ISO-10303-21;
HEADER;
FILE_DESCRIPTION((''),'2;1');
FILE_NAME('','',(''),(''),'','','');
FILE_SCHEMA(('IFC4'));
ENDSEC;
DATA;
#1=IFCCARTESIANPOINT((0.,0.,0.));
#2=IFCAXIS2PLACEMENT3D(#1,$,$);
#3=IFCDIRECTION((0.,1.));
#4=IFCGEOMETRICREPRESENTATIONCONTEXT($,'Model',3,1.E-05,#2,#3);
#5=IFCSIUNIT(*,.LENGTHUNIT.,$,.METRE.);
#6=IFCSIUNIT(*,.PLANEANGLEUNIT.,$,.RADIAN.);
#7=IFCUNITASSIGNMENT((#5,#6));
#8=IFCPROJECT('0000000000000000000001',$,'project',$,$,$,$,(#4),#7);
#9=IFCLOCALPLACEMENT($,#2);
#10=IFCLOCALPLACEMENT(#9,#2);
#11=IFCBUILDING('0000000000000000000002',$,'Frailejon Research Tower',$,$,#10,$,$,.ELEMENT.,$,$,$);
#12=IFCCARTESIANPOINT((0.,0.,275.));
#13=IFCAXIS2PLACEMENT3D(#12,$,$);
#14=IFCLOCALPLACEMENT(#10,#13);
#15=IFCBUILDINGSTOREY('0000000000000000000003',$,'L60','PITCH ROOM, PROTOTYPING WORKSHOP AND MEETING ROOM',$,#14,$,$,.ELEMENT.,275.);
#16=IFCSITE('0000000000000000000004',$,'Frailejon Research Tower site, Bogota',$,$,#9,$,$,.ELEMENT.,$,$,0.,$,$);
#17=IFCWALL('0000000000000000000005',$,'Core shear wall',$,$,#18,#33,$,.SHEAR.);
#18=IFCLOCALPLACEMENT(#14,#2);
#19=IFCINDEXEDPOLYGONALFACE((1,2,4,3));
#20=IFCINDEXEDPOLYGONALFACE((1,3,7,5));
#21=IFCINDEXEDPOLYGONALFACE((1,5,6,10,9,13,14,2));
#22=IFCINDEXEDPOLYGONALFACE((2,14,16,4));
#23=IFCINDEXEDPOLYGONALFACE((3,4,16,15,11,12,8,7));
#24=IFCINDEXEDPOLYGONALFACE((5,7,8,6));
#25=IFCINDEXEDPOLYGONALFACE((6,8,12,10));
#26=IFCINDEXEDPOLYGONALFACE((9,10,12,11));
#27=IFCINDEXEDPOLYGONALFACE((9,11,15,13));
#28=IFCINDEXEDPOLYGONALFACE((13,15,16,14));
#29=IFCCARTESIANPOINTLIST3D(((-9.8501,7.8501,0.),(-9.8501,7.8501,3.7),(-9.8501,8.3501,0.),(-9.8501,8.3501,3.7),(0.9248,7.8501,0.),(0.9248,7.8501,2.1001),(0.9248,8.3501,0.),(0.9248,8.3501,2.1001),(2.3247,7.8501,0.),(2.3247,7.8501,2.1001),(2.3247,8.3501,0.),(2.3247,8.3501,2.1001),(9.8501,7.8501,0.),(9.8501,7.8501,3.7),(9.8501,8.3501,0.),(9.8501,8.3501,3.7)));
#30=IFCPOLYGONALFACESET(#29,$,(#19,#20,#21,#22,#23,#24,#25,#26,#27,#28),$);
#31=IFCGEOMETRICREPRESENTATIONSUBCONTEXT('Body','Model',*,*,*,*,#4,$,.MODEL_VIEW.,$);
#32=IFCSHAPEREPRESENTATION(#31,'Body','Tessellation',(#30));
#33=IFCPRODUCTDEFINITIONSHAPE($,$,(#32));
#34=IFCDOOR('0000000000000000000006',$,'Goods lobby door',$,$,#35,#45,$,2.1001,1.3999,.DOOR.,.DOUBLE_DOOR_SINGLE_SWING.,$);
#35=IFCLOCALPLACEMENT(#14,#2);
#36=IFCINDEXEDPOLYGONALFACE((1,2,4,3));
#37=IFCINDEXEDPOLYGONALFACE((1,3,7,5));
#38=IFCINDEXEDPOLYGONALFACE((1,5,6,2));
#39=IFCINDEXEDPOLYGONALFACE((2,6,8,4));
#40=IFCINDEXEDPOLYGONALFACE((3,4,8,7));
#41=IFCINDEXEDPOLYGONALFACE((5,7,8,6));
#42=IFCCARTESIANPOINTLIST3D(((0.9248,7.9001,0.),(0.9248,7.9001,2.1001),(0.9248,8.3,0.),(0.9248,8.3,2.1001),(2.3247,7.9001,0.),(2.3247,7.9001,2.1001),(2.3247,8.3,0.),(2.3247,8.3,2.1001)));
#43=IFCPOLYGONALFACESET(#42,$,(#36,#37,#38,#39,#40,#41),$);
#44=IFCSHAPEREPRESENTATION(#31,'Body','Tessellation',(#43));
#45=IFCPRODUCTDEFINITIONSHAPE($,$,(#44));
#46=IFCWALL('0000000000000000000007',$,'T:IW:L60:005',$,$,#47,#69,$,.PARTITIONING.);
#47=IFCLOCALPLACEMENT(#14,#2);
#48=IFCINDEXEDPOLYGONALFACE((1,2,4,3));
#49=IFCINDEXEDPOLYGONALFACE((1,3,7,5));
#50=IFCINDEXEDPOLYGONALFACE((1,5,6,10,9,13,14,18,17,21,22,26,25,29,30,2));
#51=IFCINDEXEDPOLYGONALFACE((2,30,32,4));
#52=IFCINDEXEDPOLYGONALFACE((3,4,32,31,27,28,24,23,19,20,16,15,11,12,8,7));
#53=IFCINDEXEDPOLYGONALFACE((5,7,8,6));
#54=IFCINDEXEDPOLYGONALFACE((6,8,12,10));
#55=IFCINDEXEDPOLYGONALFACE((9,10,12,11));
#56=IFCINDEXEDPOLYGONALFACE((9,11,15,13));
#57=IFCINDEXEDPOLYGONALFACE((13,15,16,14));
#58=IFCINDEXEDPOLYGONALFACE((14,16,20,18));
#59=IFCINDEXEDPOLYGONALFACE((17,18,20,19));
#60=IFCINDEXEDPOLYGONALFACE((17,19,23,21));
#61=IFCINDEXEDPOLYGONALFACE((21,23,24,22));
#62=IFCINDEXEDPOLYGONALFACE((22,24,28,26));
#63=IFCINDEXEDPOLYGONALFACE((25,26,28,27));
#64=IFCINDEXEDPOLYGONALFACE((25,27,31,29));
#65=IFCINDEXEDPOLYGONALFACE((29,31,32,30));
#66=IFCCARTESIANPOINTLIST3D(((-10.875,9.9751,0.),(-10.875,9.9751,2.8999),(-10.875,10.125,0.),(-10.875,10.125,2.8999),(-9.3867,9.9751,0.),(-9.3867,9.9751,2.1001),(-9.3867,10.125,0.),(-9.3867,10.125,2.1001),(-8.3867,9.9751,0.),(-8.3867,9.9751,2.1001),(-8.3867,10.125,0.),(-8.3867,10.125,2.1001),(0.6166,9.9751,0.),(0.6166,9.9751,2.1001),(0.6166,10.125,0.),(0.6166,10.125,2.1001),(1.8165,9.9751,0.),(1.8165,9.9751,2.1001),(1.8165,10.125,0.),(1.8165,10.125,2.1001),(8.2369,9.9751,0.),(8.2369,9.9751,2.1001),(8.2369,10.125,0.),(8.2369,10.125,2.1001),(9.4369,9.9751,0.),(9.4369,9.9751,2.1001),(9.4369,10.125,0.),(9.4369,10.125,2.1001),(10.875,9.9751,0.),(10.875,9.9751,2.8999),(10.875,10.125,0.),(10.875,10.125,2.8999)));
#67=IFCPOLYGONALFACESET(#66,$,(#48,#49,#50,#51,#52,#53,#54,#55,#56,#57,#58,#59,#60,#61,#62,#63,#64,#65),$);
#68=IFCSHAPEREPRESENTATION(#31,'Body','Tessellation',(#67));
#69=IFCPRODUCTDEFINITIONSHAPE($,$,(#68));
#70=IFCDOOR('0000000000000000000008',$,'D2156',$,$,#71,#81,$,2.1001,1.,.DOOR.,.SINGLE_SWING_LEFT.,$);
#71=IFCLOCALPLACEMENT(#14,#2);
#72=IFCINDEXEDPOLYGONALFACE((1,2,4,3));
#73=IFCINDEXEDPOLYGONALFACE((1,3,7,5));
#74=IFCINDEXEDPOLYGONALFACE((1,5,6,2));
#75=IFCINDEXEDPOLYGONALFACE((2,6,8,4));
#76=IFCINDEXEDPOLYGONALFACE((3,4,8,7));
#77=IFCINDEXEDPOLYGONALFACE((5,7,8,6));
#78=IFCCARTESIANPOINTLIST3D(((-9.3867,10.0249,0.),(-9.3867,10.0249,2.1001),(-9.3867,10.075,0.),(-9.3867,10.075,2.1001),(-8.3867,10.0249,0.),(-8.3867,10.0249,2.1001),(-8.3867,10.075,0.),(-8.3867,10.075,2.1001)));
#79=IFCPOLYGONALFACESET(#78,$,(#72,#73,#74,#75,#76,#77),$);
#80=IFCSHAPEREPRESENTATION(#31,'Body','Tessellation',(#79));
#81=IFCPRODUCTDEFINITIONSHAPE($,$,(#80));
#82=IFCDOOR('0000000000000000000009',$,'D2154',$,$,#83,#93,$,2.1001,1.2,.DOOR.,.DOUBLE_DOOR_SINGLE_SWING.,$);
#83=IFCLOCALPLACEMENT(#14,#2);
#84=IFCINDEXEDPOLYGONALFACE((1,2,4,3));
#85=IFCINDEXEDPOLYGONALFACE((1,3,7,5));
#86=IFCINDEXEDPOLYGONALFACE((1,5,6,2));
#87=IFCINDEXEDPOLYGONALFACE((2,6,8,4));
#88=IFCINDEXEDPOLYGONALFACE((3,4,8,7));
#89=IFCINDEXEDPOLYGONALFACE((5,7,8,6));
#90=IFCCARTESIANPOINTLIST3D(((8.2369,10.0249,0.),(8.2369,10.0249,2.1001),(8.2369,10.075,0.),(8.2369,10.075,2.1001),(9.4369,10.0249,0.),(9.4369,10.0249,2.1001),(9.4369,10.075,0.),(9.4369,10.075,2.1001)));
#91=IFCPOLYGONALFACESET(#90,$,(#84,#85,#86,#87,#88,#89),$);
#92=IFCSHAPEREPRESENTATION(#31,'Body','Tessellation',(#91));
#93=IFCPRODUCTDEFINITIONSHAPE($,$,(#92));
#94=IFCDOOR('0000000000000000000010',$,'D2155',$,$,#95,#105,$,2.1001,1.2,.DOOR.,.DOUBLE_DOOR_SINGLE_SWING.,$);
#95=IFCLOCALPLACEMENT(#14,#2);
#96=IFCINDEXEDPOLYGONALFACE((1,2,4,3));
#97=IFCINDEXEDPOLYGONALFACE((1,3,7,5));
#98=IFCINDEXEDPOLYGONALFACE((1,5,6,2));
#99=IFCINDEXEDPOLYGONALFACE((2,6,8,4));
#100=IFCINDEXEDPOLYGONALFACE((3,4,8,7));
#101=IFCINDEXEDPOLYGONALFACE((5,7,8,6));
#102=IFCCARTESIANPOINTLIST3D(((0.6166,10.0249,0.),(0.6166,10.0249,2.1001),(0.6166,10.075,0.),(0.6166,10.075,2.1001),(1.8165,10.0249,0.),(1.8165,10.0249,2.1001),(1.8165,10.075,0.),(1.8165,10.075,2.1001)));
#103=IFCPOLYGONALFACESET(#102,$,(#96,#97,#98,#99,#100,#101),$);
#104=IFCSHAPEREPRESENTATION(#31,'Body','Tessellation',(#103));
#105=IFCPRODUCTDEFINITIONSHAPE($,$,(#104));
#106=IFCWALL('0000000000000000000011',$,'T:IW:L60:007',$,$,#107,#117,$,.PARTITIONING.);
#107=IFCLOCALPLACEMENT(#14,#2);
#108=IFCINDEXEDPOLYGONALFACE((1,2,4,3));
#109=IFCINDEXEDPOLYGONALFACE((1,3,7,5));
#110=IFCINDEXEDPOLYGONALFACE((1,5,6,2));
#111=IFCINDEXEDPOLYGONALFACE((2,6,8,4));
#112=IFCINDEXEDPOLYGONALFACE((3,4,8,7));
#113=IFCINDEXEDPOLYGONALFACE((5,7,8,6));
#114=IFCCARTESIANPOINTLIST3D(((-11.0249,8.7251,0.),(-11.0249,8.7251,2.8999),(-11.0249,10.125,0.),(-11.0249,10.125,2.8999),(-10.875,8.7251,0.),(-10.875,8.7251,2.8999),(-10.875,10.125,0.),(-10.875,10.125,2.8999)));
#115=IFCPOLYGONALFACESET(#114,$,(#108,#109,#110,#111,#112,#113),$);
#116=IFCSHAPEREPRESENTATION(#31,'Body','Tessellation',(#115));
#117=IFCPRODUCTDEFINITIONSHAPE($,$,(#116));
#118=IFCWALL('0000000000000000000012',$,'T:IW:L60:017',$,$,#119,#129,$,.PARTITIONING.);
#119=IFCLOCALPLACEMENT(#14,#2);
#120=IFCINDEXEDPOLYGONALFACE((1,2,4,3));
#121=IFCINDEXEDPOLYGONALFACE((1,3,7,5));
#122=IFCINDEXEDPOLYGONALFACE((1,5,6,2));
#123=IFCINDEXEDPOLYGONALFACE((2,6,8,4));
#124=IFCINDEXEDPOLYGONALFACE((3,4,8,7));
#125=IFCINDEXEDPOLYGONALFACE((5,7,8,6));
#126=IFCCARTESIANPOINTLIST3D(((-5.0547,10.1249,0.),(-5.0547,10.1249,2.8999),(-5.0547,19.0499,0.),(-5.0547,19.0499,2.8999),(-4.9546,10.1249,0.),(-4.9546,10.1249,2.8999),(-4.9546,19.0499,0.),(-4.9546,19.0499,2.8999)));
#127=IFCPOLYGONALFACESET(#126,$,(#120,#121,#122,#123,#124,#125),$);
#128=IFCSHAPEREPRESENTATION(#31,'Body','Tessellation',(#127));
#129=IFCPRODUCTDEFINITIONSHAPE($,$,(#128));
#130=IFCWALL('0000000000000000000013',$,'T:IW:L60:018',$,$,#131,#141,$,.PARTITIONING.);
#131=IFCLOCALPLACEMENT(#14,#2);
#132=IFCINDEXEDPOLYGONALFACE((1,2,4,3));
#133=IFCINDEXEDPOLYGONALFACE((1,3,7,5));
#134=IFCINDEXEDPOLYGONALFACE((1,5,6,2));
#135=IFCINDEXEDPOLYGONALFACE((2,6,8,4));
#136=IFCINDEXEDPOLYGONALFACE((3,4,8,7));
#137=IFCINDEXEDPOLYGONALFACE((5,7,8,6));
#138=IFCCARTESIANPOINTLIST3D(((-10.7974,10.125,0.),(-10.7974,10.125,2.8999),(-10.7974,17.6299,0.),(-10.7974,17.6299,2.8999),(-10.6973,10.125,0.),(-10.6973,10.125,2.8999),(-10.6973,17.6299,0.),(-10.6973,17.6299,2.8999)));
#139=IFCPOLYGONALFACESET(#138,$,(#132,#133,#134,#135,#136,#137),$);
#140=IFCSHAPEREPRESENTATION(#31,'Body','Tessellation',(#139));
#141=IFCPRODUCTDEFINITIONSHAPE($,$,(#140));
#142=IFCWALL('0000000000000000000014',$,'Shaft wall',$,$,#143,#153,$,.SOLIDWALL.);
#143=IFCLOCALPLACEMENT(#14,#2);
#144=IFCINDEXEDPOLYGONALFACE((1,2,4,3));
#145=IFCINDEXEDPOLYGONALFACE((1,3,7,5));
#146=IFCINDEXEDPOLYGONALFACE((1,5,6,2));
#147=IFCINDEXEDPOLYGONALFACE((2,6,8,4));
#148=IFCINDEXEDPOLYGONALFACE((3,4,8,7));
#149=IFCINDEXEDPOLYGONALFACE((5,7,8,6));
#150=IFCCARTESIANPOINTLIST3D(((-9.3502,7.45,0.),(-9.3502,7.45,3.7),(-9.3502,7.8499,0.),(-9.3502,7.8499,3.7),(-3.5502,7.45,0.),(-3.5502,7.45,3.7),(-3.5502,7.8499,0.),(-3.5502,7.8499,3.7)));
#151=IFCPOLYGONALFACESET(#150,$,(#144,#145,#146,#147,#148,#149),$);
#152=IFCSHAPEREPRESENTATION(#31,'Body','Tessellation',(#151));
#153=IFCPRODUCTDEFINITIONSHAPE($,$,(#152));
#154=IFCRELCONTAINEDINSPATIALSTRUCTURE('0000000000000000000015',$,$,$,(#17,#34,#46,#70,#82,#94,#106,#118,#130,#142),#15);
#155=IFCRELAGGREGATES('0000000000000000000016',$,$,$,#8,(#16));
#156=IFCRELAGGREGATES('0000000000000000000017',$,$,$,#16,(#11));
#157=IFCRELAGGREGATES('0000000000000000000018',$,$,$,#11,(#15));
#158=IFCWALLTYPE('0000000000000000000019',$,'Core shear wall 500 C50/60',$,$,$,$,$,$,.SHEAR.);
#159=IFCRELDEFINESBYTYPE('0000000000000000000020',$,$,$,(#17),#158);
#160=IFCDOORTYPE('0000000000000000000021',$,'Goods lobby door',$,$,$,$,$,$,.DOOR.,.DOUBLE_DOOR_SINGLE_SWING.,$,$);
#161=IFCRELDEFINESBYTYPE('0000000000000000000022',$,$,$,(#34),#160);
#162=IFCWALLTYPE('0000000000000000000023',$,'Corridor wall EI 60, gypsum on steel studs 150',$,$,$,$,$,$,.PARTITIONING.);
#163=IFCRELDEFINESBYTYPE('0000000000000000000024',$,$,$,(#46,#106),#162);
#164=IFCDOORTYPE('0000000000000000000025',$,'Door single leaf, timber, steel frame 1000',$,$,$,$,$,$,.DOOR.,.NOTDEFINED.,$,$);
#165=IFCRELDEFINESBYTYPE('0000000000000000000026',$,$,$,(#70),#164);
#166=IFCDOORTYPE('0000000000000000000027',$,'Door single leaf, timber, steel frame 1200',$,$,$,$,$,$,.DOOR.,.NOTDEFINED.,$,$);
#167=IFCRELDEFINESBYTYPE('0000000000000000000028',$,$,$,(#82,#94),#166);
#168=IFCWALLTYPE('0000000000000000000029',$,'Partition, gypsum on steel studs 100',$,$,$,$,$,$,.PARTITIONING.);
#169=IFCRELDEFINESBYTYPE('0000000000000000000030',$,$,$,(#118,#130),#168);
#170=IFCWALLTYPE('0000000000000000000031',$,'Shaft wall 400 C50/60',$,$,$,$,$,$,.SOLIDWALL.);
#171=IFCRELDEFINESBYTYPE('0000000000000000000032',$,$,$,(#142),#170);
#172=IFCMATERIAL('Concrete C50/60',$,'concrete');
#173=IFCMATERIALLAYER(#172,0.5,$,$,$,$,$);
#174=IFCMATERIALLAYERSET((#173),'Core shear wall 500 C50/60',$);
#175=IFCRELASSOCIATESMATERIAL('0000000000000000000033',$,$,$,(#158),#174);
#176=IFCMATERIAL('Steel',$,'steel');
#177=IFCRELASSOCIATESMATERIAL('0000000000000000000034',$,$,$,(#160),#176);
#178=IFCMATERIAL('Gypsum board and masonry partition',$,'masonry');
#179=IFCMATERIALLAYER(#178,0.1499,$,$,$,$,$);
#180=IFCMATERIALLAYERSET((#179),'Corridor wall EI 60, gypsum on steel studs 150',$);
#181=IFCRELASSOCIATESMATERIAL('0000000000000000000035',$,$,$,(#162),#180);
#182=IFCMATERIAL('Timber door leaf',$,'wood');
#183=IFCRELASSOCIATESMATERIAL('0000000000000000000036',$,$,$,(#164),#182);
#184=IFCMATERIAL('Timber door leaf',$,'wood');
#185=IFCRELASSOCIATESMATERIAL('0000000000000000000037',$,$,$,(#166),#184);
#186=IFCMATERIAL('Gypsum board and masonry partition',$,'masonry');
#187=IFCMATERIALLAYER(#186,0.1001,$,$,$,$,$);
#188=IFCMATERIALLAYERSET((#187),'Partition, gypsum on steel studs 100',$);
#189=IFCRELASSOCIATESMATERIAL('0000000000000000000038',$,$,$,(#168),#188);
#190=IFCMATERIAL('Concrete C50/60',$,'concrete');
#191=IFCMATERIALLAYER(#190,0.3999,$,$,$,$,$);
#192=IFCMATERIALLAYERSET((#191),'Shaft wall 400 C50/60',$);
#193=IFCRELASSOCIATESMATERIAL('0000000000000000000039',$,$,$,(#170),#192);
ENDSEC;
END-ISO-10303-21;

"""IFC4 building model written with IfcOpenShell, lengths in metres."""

from ifc_helpers import new_model, si_unit, direction, frame, frame_2d, origin, place, context, subcontext, project, spatial, rectangle, extrude, material, layer, layer_set, type_object, element, fill, save


model = new_model("IFC4")

# Units and contexts
model_context = context("Model", 3, precision=1e-05, world=origin(), true_north=direction((0.0, 1.0)))
body_context = subcontext(model_context, "Body", "Model", "MODEL_VIEW")
ifc_project = project(units=[si_unit("LENGTHUNIT", "METRE"), si_unit("PLANEANGLEUNIT", "RADIAN")], contexts=[model_context])

# Site, building, storey
site_placement = place(None, origin())
site = spatial("IfcSite", under=ifc_project, at=site_placement, Name="Frailejon Research Tower site, Bogota", CompositionType="ELEMENT", RefElevation=0.0)
building_placement = place(site_placement, origin())
building = spatial("IfcBuilding", under=site, at=building_placement, Name="Frailejon Research Tower", CompositionType="ELEMENT")
storey_placement = place(building_placement, frame((0.0, 0.0, 275.0)))
storey = spatial("IfcBuildingStorey", under=building, at=storey_placement, Name="L60", Description="PITCH ROOM, PROTOTYPING WORKSHOP AND MEETING ROOM", CompositionType="ELEMENT", Elevation=275.0)

# Wall, opening, door
ifc_material_1 = material(Name="Concrete C50/60", Category="concrete")
ifc_layer_1 = layer(ifc_material_1, 0.5)
ifc_layer_set_1 = layer_set([ifc_layer_1], Name="Core shear wall 500 C50/60")
wall_type_1 = type_object("IfcWallType", Name="Core shear wall 500 C50/60", PredefinedType="SHEAR", material=ifc_layer_set_1)
wall_1_placement = place(storey_placement, frame((-9.8501, 8.1001, 0.0), z_axis=(0.0, 0.0, 1.0), x_axis=(1.0, 0.0, 0.0)))
wall_1 = element("IfcWall", 1, at=wall_1_placement, inside=storey, type_object=wall_type_1, Name="Core shear wall", PredefinedType="SHEAR", context=body_context, shape_type="SweptSolid", body=[
    extrude(rectangle(XDim=19.7002, YDim=0.5, at=frame_2d((9.8501, 0.0))), origin(), (0.0, 0.0, 1.0), 3.7),
])
opening_1_placement = place(wall_1_placement, frame((10.7749, 0.0, 0.0)))
opening_1 = element("IfcOpeningElement", 2, at=opening_1_placement, cuts=wall_1, PredefinedType="OPENING", context=body_context, shape_type="SweptSolid", body=[
    extrude(rectangle(XDim=1.3999, YDim=2.1001, at=frame_2d((0.7, 1.05))), frame((0.0, 0.26, 0.0), z_axis=(0.0, -1.0, 0.0), x_axis=(1.0, 0.0, 0.0)), (0.0, 0.0, 1.0), 0.52),
])
ifc_material_2 = material(Name="Steel", Category="steel")
door_type_1 = type_object("IfcDoorType", Name="Goods lobby door", OperationType="DOUBLE_DOOR_SINGLE_SWING", PredefinedType="DOOR", material=ifc_material_2)
door_1_placement = place(opening_1_placement, origin())
door_1 = element("IfcDoor", 3, at=door_1_placement, inside=storey, type_object=door_type_1, Name="Goods lobby door", OperationType="DOUBLE_DOOR_SINGLE_SWING", OverallHeight=2.1001, OverallWidth=1.3999, PredefinedType="DOOR", context=body_context, shape_type="SweptSolid", body=[
    extrude(rectangle(XDim=1.3999, YDim=2.1001, at=frame_2d((0.7, 1.05))), frame((0.0, 0.2, 0.0), z_axis=(0.0, -1.0, 0.0), x_axis=(1.0, 0.0, 0.0)), (0.0, 0.0, 1.0), 0.3999),
])
fill(opening_1, door_1)

# Wall, openings, doors
ifc_material_3 = material(Name="Gypsum board and masonry partition", Category="masonry")
ifc_layer_2 = layer(ifc_material_3, 0.1499)
ifc_layer_set_2 = layer_set([ifc_layer_2], Name="Corridor wall EI 60, gypsum on steel studs 150")
wall_type_2 = type_object("IfcWallType", Name="Corridor wall EI 60, gypsum on steel studs 150", PredefinedType="PARTITIONING", material=ifc_layer_set_2)
wall_2_placement = place(storey_placement, frame((-10.875, 10.05, 0.0), z_axis=(0.0, 0.0, 1.0), x_axis=(1.0, 0.0, 0.0)))
wall_2 = element("IfcWall", 4, at=wall_2_placement, inside=storey, type_object=wall_type_2, Name="T:IW:L60:005", PredefinedType="PARTITIONING", context=body_context, shape_type="SweptSolid", body=[
    extrude(rectangle(XDim=21.75, YDim=0.1499, at=frame_2d((10.875, 0.0))), origin(), (0.0, 0.0, 1.0), 2.8999),
])
opening_2_placement = place(wall_2_placement, frame((19.1118, 0.0, 0.0)))
opening_2 = element("IfcOpeningElement", 5, at=opening_2_placement, cuts=wall_2, PredefinedType="OPENING", context=body_context, shape_type="SweptSolid", body=[
    extrude(rectangle(XDim=1.2, YDim=2.1001, at=frame_2d((0.6001, 1.05))), frame((0.0, 0.085, 0.0), z_axis=(0.0, -1.0, 0.0), x_axis=(1.0, 0.0, 0.0)), (0.0, 0.0, 1.0), 0.1699),
])
opening_3_placement = place(wall_2_placement, frame((11.4915, 0.0, 0.0)))
opening_3 = element("IfcOpeningElement", 6, at=opening_3_placement, cuts=wall_2, PredefinedType="OPENING", context=body_context, shape_type="SweptSolid", body=[
    extrude(rectangle(XDim=1.2, YDim=2.1001, at=frame_2d((0.6001, 1.05))), frame((0.0, 0.085, 0.0), z_axis=(0.0, -1.0, 0.0), x_axis=(1.0, 0.0, 0.0)), (0.0, 0.0, 1.0), 0.1699),
])
opening_4_placement = place(wall_2_placement, frame((1.4883, 0.0, 0.0)))
opening_4 = element("IfcOpeningElement", 7, at=opening_4_placement, cuts=wall_2, PredefinedType="OPENING", context=body_context, shape_type="SweptSolid", body=[
    extrude(rectangle(XDim=1.0, YDim=2.1001, at=frame_2d((0.5, 1.05))), frame((0.0, 0.085, 0.0), z_axis=(0.0, -1.0, 0.0), x_axis=(1.0, 0.0, 0.0)), (0.0, 0.0, 1.0), 0.1699),
])
ifc_material_4 = material(Name="Timber door leaf", Category="wood")
door_type_2 = type_object("IfcDoorType", Name="Door single leaf, timber, steel frame 1000", OperationType="NOTDEFINED", PredefinedType="DOOR", material=ifc_material_4)
door_2_placement = place(opening_4_placement, origin())
door_2 = element("IfcDoor", 8, at=door_2_placement, inside=storey, type_object=door_type_2, Name="D2156", OperationType="SINGLE_SWING_LEFT", OverallHeight=2.1001, OverallWidth=1.0, PredefinedType="DOOR", context=body_context, shape_type="SweptSolid", body=[
    extrude(rectangle(XDim=1.0, YDim=2.1001, at=frame_2d((0.5, 1.05))), frame((0.0, 0.0249, 0.0), z_axis=(0.0, -1.0, 0.0), x_axis=(1.0, 0.0, 0.0)), (0.0, 0.0, 1.0), 0.05),
])
fill(opening_4, door_2)
ifc_material_5 = material(Name="Timber door leaf", Category="wood")
door_type_3 = type_object("IfcDoorType", Name="Door single leaf, timber, steel frame 1200", OperationType="NOTDEFINED", PredefinedType="DOOR", material=ifc_material_5)
door_3_placement = place(opening_2_placement, origin())
door_3 = element("IfcDoor", 9, at=door_3_placement, inside=storey, type_object=door_type_3, Name="D2154", OperationType="DOUBLE_DOOR_SINGLE_SWING", OverallHeight=2.1001, OverallWidth=1.2, PredefinedType="DOOR", context=body_context, shape_type="SweptSolid", body=[
    extrude(rectangle(XDim=1.2, YDim=2.1001, at=frame_2d((0.6001, 1.05))), frame((0.0, 0.0249, 0.0), z_axis=(0.0, -1.0, 0.0), x_axis=(1.0, 0.0, 0.0)), (0.0, 0.0, 1.0), 0.05),
])
fill(opening_2, door_3)
door_4_placement = place(opening_3_placement, origin())
door_4 = element("IfcDoor", 10, at=door_4_placement, inside=storey, type_object=door_type_3, Name="D2155", OperationType="DOUBLE_DOOR_SINGLE_SWING", OverallHeight=2.1001, OverallWidth=1.2, PredefinedType="DOOR", context=body_context, shape_type="SweptSolid", body=[
    extrude(rectangle(XDim=1.2, YDim=2.1001, at=frame_2d((0.6001, 1.05))), frame((0.0, 0.0249, 0.0), z_axis=(0.0, -1.0, 0.0), x_axis=(1.0, 0.0, 0.0)), (0.0, 0.0, 1.0), 0.05),
])
fill(opening_3, door_4)

# Walls
wall_3_placement = place(storey_placement, frame((-10.95, 8.7251, 0.0), z_axis=(0.0, 0.0, 1.0), x_axis=(0.0, 1.0, 0.0)))
element("IfcWall", 11, at=wall_3_placement, inside=storey, type_object=wall_type_2, Name="T:IW:L60:007", PredefinedType="PARTITIONING", context=body_context, shape_type="SweptSolid", body=[
    extrude(rectangle(XDim=1.3999, YDim=0.1499, at=frame_2d((0.7, 0.0))), origin(), (0.0, 0.0, 1.0), 2.8999),
])
ifc_material_6 = material(Name="Gypsum board and masonry partition", Category="masonry")
ifc_layer_3 = layer(ifc_material_6, 0.1001)
ifc_layer_set_3 = layer_set([ifc_layer_3], Name="Partition, gypsum on steel studs 100")
wall_type_3 = type_object("IfcWallType", Name="Partition, gypsum on steel studs 100", PredefinedType="PARTITIONING", material=ifc_layer_set_3)
wall_4_placement = place(storey_placement, frame((-5.0046, 10.125, 0.0), z_axis=(0.0, 0.0, 1.0), x_axis=(0.0, 1.0, 0.0)))
element("IfcWall", 12, at=wall_4_placement, inside=storey, type_object=wall_type_3, Name="T:IW:L60:017", PredefinedType="PARTITIONING", context=body_context, shape_type="SweptSolid", body=[
    extrude(rectangle(XDim=8.925, YDim=0.1001, at=frame_2d((4.4624, 0.0))), origin(), (0.0, 0.0, 1.0), 2.8999),
])
wall_5_placement = place(storey_placement, frame((-10.7473, 10.125, 0.0), z_axis=(0.0, 0.0, 1.0), x_axis=(0.0, 1.0, 0.0)))
element("IfcWall", 13, at=wall_5_placement, inside=storey, type_object=wall_type_3, Name="T:IW:L60:018", PredefinedType="PARTITIONING", context=body_context, shape_type="SweptSolid", body=[
    extrude(rectangle(XDim=7.5049, YDim=0.1001, at=frame_2d((3.7524, 0.0))), origin(), (0.0, 0.0, 1.0), 2.8999),
])
ifc_material_7 = material(Name="Concrete C50/60", Category="concrete")
ifc_layer_4 = layer(ifc_material_7, 0.3999)
ifc_layer_set_4 = layer_set([ifc_layer_4], Name="Shaft wall 400 C50/60")
wall_type_4 = type_object("IfcWallType", Name="Shaft wall 400 C50/60", PredefinedType="SOLIDWALL", material=ifc_layer_set_4)
wall_6_placement = place(storey_placement, frame((-9.3501, 7.6499, 0.0), z_axis=(0.0, 0.0, 1.0), x_axis=(1.0, 0.0, 0.0)))
element("IfcWall", 14, at=wall_6_placement, inside=storey, type_object=wall_type_4, Name="Shaft wall", PredefinedType="SOLIDWALL", context=body_context, shape_type="SweptSolid", body=[
    extrude(rectangle(XDim=5.8, YDim=0.3999, at=frame_2d((2.8999, 0.0))), origin(), (0.0, 0.0, 1.0), 3.7),
])

save(model, "model.ifc")
